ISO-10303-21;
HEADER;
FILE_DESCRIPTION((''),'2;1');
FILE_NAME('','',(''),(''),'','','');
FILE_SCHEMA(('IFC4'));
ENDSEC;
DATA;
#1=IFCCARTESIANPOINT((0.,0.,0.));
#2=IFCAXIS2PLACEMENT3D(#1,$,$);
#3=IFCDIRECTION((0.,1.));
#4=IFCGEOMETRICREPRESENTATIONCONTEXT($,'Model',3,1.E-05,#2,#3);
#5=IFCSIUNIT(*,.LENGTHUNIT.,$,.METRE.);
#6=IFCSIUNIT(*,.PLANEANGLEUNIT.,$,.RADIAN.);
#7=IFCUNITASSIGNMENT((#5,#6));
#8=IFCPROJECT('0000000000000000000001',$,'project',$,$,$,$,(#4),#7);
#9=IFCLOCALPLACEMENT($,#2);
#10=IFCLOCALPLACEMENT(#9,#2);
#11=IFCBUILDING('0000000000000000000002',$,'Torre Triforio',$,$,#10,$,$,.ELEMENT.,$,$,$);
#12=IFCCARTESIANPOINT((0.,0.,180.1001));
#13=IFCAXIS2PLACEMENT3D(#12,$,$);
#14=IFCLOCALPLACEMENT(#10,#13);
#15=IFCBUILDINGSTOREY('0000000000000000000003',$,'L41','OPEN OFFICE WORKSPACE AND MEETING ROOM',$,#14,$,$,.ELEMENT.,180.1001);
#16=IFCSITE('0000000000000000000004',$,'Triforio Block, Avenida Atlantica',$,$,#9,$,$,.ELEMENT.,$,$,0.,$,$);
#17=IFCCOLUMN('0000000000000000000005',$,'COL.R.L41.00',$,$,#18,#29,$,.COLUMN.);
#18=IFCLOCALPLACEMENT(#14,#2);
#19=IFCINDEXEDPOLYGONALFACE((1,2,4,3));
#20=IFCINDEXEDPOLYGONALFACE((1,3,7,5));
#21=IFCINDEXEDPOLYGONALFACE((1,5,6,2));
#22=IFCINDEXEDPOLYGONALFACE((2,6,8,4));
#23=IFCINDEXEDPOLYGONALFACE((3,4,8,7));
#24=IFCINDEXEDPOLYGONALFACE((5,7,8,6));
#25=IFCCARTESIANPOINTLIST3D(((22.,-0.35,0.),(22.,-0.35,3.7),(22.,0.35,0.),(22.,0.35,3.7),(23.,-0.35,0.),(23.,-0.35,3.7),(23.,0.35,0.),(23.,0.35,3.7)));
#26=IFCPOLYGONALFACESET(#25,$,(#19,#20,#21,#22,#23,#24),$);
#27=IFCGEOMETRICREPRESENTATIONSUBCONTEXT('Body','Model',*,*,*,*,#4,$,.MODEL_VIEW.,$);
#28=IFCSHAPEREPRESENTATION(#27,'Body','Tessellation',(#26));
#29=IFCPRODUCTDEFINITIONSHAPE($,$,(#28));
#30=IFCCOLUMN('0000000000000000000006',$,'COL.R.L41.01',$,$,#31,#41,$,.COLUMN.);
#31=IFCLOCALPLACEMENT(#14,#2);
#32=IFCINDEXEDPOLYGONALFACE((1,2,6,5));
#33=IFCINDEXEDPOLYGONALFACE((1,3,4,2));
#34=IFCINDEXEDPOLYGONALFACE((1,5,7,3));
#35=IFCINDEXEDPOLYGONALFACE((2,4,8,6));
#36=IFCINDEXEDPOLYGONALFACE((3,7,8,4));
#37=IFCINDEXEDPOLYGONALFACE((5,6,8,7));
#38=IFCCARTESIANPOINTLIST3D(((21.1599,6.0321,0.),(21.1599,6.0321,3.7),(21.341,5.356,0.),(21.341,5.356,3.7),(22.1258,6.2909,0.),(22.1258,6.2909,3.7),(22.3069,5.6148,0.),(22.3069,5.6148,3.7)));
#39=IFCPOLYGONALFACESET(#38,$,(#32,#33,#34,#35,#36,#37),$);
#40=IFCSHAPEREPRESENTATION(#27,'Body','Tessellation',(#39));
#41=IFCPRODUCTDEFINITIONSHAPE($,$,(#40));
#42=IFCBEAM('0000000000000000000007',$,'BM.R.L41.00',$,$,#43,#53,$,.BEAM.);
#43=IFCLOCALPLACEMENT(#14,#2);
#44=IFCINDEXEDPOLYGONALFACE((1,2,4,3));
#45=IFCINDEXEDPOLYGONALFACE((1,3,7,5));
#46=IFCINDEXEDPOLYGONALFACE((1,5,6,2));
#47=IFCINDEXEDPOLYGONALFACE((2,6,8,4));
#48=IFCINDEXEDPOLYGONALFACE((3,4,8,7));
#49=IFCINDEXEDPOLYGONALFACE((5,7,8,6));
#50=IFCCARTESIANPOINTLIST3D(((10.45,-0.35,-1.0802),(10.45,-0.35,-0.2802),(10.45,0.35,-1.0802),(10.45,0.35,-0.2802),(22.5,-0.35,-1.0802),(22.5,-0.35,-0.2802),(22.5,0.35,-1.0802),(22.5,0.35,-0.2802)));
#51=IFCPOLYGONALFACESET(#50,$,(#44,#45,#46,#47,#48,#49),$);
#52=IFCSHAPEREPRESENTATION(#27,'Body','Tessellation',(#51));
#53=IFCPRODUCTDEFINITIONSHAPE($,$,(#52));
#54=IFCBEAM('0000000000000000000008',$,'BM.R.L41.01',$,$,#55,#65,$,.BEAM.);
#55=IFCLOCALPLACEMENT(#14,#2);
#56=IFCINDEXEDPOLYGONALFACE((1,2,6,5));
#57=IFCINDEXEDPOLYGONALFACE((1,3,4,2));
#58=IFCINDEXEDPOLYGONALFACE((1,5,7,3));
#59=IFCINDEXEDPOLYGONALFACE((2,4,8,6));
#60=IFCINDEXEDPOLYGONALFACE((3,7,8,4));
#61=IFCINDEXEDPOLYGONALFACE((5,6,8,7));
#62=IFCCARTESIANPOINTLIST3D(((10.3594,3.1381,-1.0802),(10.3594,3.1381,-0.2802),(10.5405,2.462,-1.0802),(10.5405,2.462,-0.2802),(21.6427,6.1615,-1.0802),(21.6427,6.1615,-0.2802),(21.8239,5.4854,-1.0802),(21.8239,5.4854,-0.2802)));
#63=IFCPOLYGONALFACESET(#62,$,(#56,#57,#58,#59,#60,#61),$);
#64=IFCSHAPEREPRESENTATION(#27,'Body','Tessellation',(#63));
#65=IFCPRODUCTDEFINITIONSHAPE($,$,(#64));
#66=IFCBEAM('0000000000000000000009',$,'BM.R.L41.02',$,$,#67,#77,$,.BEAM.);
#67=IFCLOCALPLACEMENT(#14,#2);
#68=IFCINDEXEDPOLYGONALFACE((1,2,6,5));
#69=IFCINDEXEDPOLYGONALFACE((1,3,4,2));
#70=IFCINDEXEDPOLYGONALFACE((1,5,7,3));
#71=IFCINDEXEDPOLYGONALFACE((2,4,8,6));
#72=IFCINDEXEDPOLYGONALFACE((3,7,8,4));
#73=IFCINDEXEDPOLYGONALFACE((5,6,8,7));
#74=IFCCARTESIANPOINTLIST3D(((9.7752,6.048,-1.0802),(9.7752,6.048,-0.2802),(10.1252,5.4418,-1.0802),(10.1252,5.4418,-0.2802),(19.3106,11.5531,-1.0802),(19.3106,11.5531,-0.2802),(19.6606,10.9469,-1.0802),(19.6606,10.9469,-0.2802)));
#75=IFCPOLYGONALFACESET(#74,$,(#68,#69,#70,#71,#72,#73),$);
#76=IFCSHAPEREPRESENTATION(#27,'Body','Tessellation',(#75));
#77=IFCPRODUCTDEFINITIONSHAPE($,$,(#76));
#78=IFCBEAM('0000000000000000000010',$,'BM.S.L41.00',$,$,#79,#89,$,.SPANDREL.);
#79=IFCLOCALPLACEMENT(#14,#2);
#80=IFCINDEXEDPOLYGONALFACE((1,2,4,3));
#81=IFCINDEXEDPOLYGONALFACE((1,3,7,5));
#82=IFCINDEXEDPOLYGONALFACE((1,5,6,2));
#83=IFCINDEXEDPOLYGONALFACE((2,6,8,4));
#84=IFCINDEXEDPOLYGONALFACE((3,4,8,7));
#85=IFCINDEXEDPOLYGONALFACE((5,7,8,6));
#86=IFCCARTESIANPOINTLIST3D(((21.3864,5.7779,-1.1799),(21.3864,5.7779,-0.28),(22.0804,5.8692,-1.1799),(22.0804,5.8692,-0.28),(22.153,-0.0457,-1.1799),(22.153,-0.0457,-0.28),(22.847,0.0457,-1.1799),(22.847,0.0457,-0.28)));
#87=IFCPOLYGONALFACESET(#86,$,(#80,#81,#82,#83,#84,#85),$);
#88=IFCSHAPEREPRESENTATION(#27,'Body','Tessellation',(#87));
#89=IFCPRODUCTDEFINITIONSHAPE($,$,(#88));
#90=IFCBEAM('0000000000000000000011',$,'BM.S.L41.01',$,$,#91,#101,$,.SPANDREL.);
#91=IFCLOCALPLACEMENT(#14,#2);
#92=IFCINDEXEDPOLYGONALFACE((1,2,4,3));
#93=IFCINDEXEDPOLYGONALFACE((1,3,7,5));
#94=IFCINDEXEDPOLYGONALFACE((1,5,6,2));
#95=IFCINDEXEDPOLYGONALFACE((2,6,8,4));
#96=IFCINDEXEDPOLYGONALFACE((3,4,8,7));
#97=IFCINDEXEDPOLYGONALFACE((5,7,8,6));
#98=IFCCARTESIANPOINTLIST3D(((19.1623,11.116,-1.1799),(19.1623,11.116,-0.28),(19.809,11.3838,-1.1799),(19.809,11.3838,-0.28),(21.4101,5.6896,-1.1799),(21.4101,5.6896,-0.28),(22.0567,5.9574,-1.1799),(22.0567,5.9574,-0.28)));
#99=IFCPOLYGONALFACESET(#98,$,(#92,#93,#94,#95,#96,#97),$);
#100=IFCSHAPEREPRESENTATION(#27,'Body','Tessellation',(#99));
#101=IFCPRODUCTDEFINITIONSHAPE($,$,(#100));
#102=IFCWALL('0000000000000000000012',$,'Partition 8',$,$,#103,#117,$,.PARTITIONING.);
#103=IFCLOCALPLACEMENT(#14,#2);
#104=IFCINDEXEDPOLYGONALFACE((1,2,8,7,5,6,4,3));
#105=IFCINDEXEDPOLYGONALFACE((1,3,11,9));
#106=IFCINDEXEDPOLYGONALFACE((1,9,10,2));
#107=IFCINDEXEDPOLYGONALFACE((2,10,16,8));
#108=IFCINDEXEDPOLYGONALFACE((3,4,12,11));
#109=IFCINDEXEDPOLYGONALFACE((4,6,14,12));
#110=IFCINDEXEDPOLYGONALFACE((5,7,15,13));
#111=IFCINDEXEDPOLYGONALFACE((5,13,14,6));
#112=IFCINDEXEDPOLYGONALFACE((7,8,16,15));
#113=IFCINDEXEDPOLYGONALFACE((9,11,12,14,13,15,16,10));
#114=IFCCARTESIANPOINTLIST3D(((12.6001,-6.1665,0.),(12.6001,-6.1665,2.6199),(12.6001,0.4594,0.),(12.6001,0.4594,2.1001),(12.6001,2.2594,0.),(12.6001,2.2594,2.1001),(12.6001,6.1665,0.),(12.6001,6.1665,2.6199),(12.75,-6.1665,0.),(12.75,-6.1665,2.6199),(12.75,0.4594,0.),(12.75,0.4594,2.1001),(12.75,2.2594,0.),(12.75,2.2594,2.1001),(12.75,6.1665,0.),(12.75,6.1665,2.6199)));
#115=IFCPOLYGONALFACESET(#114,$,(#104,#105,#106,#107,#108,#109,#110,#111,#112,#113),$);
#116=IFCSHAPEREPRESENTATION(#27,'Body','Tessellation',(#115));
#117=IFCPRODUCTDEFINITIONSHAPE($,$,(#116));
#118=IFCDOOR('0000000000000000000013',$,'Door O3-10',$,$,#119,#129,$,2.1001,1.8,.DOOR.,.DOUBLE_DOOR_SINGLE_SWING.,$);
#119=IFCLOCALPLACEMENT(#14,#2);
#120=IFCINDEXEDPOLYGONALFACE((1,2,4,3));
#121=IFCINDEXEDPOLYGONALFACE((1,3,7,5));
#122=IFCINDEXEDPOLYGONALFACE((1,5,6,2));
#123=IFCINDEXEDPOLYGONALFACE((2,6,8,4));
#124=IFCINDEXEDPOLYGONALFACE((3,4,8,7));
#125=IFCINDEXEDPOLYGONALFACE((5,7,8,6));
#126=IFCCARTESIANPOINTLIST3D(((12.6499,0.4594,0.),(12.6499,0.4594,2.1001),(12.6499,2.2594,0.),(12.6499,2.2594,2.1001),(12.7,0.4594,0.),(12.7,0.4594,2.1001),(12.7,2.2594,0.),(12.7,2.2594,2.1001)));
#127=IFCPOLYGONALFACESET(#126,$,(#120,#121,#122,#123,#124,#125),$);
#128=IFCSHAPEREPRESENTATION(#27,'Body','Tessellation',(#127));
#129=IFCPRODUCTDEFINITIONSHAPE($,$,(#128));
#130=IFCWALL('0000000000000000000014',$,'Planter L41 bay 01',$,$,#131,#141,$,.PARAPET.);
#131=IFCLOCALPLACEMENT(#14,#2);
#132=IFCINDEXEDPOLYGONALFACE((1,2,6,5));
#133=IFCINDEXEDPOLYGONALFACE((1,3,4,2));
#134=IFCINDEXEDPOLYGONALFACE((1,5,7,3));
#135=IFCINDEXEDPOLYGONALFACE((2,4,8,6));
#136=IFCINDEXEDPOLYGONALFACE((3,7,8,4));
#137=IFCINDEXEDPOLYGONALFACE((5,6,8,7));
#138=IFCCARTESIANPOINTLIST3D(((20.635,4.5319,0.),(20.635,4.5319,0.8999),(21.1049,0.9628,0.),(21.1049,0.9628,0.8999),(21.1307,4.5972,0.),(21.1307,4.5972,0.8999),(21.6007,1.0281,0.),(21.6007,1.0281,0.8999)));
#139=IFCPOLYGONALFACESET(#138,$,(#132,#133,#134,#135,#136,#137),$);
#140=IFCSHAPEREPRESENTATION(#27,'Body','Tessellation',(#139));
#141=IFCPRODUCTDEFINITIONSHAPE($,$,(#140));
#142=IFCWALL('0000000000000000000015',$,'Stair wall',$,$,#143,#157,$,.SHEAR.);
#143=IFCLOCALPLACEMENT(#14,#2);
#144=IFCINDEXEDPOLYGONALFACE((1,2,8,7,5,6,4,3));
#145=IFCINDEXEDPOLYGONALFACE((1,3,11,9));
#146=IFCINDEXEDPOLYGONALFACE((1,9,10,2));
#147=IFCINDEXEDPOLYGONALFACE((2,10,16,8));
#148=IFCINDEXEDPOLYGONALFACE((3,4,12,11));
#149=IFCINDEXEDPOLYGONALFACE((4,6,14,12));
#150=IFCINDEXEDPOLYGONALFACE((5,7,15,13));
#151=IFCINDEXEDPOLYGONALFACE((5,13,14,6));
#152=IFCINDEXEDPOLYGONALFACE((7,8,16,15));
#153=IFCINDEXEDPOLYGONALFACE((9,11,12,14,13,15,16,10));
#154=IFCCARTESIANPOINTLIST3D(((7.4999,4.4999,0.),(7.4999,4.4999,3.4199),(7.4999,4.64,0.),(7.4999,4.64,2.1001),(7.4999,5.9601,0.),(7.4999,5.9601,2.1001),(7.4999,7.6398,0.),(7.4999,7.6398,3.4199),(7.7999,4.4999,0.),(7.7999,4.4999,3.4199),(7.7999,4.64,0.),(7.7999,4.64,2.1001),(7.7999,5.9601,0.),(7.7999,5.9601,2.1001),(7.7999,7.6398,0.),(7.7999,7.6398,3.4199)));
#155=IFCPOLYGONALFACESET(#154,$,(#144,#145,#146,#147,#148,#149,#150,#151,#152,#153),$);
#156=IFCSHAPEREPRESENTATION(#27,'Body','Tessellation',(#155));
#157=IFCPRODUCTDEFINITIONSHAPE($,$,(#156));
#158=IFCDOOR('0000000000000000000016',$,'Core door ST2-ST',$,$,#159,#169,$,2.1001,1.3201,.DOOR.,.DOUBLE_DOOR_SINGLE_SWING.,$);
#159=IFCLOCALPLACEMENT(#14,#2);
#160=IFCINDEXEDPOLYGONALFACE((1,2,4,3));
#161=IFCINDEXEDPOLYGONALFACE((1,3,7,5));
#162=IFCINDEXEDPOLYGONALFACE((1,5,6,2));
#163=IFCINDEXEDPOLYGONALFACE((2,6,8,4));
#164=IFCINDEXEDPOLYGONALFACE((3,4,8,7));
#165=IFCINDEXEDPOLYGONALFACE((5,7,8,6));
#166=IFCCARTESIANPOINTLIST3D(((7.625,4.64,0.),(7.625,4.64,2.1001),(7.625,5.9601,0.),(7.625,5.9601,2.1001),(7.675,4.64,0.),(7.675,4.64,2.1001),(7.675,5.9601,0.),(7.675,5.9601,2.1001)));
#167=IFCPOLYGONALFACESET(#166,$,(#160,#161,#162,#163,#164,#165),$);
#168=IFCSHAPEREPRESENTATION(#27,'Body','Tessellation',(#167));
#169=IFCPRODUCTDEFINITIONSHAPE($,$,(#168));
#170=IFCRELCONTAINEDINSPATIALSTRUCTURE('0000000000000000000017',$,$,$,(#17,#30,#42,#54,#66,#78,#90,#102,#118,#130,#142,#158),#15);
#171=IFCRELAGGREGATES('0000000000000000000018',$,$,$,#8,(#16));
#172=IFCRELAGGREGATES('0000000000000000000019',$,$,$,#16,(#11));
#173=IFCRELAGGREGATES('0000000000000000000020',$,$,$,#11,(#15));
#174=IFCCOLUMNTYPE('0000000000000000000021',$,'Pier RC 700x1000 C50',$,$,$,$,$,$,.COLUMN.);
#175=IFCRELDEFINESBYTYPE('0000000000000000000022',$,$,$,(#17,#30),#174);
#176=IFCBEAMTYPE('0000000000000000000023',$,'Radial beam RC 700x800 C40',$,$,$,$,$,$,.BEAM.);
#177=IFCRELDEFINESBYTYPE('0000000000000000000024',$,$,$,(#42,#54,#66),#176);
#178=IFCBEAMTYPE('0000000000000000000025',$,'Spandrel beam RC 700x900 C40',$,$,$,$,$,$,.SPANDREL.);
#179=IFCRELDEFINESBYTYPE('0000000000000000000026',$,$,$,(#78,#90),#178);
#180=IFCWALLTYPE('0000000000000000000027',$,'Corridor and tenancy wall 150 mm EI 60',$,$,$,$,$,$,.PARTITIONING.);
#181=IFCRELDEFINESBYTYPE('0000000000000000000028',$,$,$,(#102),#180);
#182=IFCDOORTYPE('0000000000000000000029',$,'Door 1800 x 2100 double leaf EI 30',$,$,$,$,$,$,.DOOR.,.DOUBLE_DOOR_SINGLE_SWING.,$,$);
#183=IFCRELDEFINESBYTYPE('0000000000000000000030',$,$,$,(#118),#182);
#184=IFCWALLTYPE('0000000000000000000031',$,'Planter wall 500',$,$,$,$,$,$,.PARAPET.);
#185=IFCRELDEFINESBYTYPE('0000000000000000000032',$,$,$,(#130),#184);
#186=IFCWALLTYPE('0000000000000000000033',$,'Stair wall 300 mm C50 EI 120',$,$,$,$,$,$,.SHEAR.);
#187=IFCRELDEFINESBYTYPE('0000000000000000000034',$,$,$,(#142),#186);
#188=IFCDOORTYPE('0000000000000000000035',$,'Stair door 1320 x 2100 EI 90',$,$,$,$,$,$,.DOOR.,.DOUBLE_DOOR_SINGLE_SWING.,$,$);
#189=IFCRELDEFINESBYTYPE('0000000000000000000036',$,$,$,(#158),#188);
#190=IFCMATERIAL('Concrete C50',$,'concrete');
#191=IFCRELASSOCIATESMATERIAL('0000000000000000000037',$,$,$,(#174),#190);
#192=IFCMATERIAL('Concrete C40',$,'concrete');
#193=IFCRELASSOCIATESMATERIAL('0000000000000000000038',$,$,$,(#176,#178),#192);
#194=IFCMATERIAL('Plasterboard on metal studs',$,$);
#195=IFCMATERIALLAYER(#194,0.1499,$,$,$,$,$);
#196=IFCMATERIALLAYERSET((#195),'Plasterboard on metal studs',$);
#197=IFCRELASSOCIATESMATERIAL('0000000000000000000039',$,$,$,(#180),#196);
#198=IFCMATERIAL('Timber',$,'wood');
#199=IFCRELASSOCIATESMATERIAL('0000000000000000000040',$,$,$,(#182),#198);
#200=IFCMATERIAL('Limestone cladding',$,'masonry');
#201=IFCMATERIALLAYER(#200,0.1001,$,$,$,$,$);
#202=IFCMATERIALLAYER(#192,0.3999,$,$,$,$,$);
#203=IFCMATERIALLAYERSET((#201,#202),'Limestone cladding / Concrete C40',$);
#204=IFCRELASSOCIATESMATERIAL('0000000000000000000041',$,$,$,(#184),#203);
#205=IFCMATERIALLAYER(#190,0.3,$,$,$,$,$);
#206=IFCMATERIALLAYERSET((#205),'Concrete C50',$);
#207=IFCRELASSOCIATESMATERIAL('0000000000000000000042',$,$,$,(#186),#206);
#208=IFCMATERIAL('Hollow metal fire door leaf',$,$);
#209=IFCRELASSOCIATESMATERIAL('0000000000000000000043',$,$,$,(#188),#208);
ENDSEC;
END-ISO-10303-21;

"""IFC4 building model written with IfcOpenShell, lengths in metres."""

from ifc_helpers import new_model, si_unit, direction, frame, frame_2d, origin, origin_2d, place, context, subcontext, project, spatial, rectangle, extrude, material, layer, layer_set, material_profile, profile_set, type_object, element, fill, save


model = new_model("IFC4")

# Units and contexts
model_context = context("Model", 3, precision=1e-05, world=origin(), true_north=direction((0.0, 1.0)))
body_context = subcontext(model_context, "Body", "Model", "MODEL_VIEW")
ifc_project = project(units=[si_unit("LENGTHUNIT", "METRE"), si_unit("PLANEANGLEUNIT", "RADIAN")], contexts=[model_context])

# Site, building, storey
site_placement = place(None, origin())
site = spatial("IfcSite", under=ifc_project, at=site_placement, Name="Triforio Block, Avenida Atlantica", CompositionType="ELEMENT", RefElevation=0.0)
building_placement = place(site_placement, origin())
building = spatial("IfcBuilding", under=site, at=building_placement, Name="Torre Triforio", CompositionType="ELEMENT")
storey_placement = place(building_placement, frame((0.0, 0.0, 180.1001)))
storey = spatial("IfcBuildingStorey", under=building, at=storey_placement, Name="L41", Description="OPEN OFFICE WORKSPACE AND MEETING ROOM", CompositionType="ELEMENT", Elevation=180.1001)

# Columns
ifc_material_1 = material(Name="Concrete C50", Category="concrete")
ifc_material_profile_1 = material_profile(ifc_material_1, rectangle(XDim=0.7, YDim=1.0, at=origin_2d()), Name="RC 700x1000")
ifc_profile_set_1 = profile_set([ifc_material_profile_1], Name="Concrete C50")
column_type = type_object("IfcColumnType", Name="Pier RC 700x1000 C50", PredefinedType="COLUMN", material=ifc_profile_set_1)
for number, where, z_axis, x_axis, name in (
    (1, (22.5, 0.0, 0.0), (0.0, 0.0, 1.0), (0.0, 1.0, 0.0), "COL.R.L41.00"),
    (2, (21.7334, 5.8235, 0.0), (0.0, 0.0, 1.0), (-0.258819, 0.965926, 0.0), "COL.R.L41.01"),
):
    element("IfcColumn", number, at=place(storey_placement, frame(where, z_axis=z_axis, x_axis=x_axis)), inside=storey, type_object=column_type, Name=name, PredefinedType="COLUMN", context=body_context, shape_type="SweptSolid", body=[
        extrude(rectangle(XDim=0.7, YDim=1.0, at=origin_2d()), origin(), (0.0, 0.0, 1.0), 3.7),
    ])

# Beams
ifc_material_2 = material(Name="Concrete C40", Category="concrete")
ifc_material_profile_2 = material_profile(ifc_material_2, rectangle(XDim=0.7, YDim=0.8, at=origin_2d()), Name="RC 700x800")
ifc_profile_set_2 = profile_set([ifc_material_profile_2], Name="Concrete C40")
beam_type_1 = type_object("IfcBeamType", Name="Radial beam RC 700x800 C40", PredefinedType="BEAM", material=ifc_profile_set_2)
beam_1_placement = place(storey_placement, frame((10.45, 0.0, -0.6802), z_axis=(1.0, 0.0, 0.0), x_axis=(0.0, 1.0, 0.0)))
element("IfcBeam", 3, at=beam_1_placement, inside=storey, type_object=beam_type_1, Name="BM.R.L41.00", PredefinedType="BEAM", context=body_context, shape_type="SweptSolid", body=[
    extrude(rectangle(XDim=0.7, YDim=0.8, at=origin_2d()), origin(), (0.0, 0.0, 1.0), 12.05),
])
beam_2_placement = place(storey_placement, frame((10.45, 2.8, -0.6802), z_axis=(0.965925, 0.258823, 0.0), x_axis=(-0.258823, 0.965925, 0.0)))
element("IfcBeam", 4, at=beam_2_placement, inside=storey, type_object=beam_type_1, Name="BM.R.L41.01", PredefinedType="BEAM", context=body_context, shape_type="SweptSolid", body=[
    extrude(rectangle(XDim=0.7, YDim=0.8, at=origin_2d()), origin(), (0.0, 0.0, 1.0), 11.6814),
])
beam_3_placement = place(storey_placement, frame((9.9502, 5.7449, -0.6802), z_axis=(0.866031, 0.499991, 0.0), x_axis=(-0.499991, 0.866031, 0.0)))
element("IfcBeam", 5, at=beam_3_placement, inside=storey, type_object=beam_type_1, Name="BM.R.L41.02", PredefinedType="BEAM", context=body_context, shape_type="SweptSolid", body=[
    extrude(rectangle(XDim=0.7, YDim=0.8, at=origin_2d()), origin(), (0.0, 0.0, 1.0), 11.0105),
])
ifc_material_profile_3 = material_profile(ifc_material_2, rectangle(XDim=0.7, YDim=0.8999, at=origin_2d()), Name="RC 700x900")
ifc_profile_set_3 = profile_set([ifc_material_profile_3], Name="Concrete C40")
beam_type_2 = type_object("IfcBeamType", Name="Spandrel beam RC 700x900 C40", PredefinedType="SPANDREL", material=ifc_profile_set_3)
beam_4_placement = place(storey_placement, frame((22.5, 0.0, -0.73), z_axis=(-0.130514, 0.991447, 0.0), x_axis=(-0.991447, -0.130514, 0.0)))
element("IfcBeam", 6, at=beam_4_placement, inside=storey, type_object=beam_type_2, Name="BM.S.L41.00", PredefinedType="SPANDREL", context=body_context, shape_type="SweptSolid", body=[
    extrude(rectangle(XDim=0.7, YDim=0.8999, at=origin_2d()), origin(), (0.0, 0.0, 1.0), 5.8738),
])
beam_5_placement = place(storey_placement, frame((21.7334, 5.8235, -0.73), z_axis=(-0.382693, 0.923875, 0.0), x_axis=(-0.923875, -0.382693, 0.0)))
element("IfcBeam", 7, at=beam_5_placement, inside=storey, type_object=beam_type_2, Name="BM.S.L41.01", PredefinedType="SPANDREL", context=body_context, shape_type="SweptSolid", body=[
    extrude(rectangle(XDim=0.7, YDim=0.8999, at=origin_2d()), origin(), (0.0, 0.0, 1.0), 5.8735),
])

# Wall, opening, door
ifc_material_3 = material(Name="Plasterboard on metal studs")
ifc_layer_1 = layer(ifc_material_3, 0.1499)
ifc_layer_set_1 = layer_set([ifc_layer_1], Name="Plasterboard on metal studs")
wall_type_1 = type_object("IfcWallType", Name="Corridor and tenancy wall 150 mm EI 60", PredefinedType="PARTITIONING", material=ifc_layer_set_1)
wall_1_placement = place(storey_placement, frame((12.675, 6.1665, 0.0), z_axis=(0.0, 0.0, 1.0), x_axis=(0.0, -1.0, 0.0)))
wall_1 = element("IfcWall", 8, at=wall_1_placement, inside=storey, type_object=wall_type_1, Name="Partition 8", PredefinedType="PARTITIONING", context=body_context, shape_type="SweptSolid", body=[
    extrude(rectangle(XDim=12.333, YDim=0.1499, at=frame_2d((6.1665, 0.0))), origin(), (0.0, 0.0, 1.0), 2.6199),
])
opening_1_placement = place(wall_1_placement, frame((3.9072, 0.0, 0.0)))
opening_1 = element("IfcOpeningElement", 9, at=opening_1_placement, cuts=wall_1, PredefinedType="OPENING", context=body_context, shape_type="SweptSolid", body=[
    extrude(rectangle(XDim=1.8, YDim=2.1001, at=frame_2d((0.8999, 1.05))), frame((0.0, 0.085, 0.0), z_axis=(0.0, -1.0, 0.0), x_axis=(1.0, 0.0, 0.0)), (0.0, 0.0, 1.0), 0.1699),
])
ifc_material_4 = material(Name="Timber", Category="wood")
door_type_1 = type_object("IfcDoorType", Name="Door 1800 x 2100 double leaf EI 30", OperationType="DOUBLE_DOOR_SINGLE_SWING", PredefinedType="DOOR", material=ifc_material_4)
door_1_placement = place(opening_1_placement, origin())
door_1 = element("IfcDoor", 10, at=door_1_placement, inside=storey, type_object=door_type_1, Name="Door O3-10", OperationType="DOUBLE_DOOR_SINGLE_SWING", OverallHeight=2.1001, OverallWidth=1.8, PredefinedType="DOOR", context=body_context, shape_type="SweptSolid", body=[
    extrude(rectangle(XDim=1.8, YDim=2.1001, at=frame_2d((0.8999, 1.05))), frame((0.0, 0.0249, 0.0), z_axis=(0.0, -1.0, 0.0), x_axis=(1.0, 0.0, 0.0)), (0.0, 0.0, 1.0), 0.05),
])
fill(opening_1, door_1)

# Wall
ifc_material_5 = material(Name="Limestone cladding", Category="masonry")
ifc_layer_2 = layer(ifc_material_5, 0.1001)
ifc_layer_3 = layer(ifc_material_2, 0.3999)
ifc_layer_set_2 = layer_set([ifc_layer_2, ifc_layer_3], Name="Limestone cladding / Concrete C40")
wall_type_2 = type_object("IfcWallType", Name="Planter wall 500", PredefinedType="PARAPET", material=ifc_layer_set_2)
wall_2_placement = place(storey_placement, frame((21.3528, 0.9956, 0.0), z_axis=(0.0, 0.0, 1.0), x_axis=(-0.130551, 0.991442, 0.0)))
element("IfcWall", 11, at=wall_2_placement, inside=storey, type_object=wall_type_2, Name="Planter L41 bay 01", PredefinedType="PARAPET", context=body_context, shape_type="SweptSolid", body=[
    extrude(rectangle(XDim=3.5999, YDim=0.5, at=frame_2d((1.7998, 0.0))), origin(), (0.0, 0.0, 1.0), 0.8999),
])

# Wall, opening, door
ifc_layer_4 = layer(ifc_material_1, 0.3)
ifc_layer_set_3 = layer_set([ifc_layer_4], Name="Concrete C50")
wall_type_3 = type_object("IfcWallType", Name="Stair wall 300 mm C50 EI 120", PredefinedType="SHEAR", material=ifc_layer_set_3)
wall_3_placement = place(storey_placement, frame((7.6499, 4.5, 0.0), z_axis=(0.0, 0.0, 1.0), x_axis=(0.0, 1.0, 0.0)))
wall_3 = element("IfcWall", 12, at=wall_3_placement, inside=storey, type_object=wall_type_3, Name="Stair wall", PredefinedType="SHEAR", context=body_context, shape_type="SweptSolid", body=[
    extrude(rectangle(XDim=3.1399, YDim=0.3, at=frame_2d((1.5698, 0.0))), origin(), (0.0, 0.0, 1.0), 3.4199),
])
opening_2_placement = place(wall_3_placement, frame((0.1399, 0.0, 0.0)))
opening_2 = element("IfcOpeningElement", 13, at=opening_2_placement, cuts=wall_3, PredefinedType="OPENING", context=body_context, shape_type="SweptSolid", body=[
    extrude(rectangle(XDim=1.3201, YDim=2.1001, at=frame_2d((0.6602, 1.05))), frame((0.0, 0.1599, 0.0), z_axis=(0.0, -1.0, 0.0), x_axis=(1.0, 0.0, 0.0)), (0.0, 0.0, 1.0), 0.3201),
])
ifc_material_6 = material(Name="Hollow metal fire door leaf")
door_type_2 = type_object("IfcDoorType", Name="Stair door 1320 x 2100 EI 90", OperationType="DOUBLE_DOOR_SINGLE_SWING", PredefinedType="DOOR", material=ifc_material_6)
door_2_placement = place(opening_2_placement, origin())
door_2 = element("IfcDoor", 14, at=door_2_placement, inside=storey, type_object=door_type_2, Name="Core door ST2-ST", OperationType="DOUBLE_DOOR_SINGLE_SWING", OverallHeight=2.1001, OverallWidth=1.3201, PredefinedType="DOOR", context=body_context, shape_type="SweptSolid", body=[
    extrude(rectangle(XDim=1.3201, YDim=2.1001, at=frame_2d((0.6602, 1.05))), frame((0.0, 0.0249, 0.0), z_axis=(0.0, -1.0, 0.0), x_axis=(1.0, 0.0, 0.0)), (0.0, 0.0, 1.0), 0.05),
])
fill(opening_2, door_2)

save(model, "model.ifc")
